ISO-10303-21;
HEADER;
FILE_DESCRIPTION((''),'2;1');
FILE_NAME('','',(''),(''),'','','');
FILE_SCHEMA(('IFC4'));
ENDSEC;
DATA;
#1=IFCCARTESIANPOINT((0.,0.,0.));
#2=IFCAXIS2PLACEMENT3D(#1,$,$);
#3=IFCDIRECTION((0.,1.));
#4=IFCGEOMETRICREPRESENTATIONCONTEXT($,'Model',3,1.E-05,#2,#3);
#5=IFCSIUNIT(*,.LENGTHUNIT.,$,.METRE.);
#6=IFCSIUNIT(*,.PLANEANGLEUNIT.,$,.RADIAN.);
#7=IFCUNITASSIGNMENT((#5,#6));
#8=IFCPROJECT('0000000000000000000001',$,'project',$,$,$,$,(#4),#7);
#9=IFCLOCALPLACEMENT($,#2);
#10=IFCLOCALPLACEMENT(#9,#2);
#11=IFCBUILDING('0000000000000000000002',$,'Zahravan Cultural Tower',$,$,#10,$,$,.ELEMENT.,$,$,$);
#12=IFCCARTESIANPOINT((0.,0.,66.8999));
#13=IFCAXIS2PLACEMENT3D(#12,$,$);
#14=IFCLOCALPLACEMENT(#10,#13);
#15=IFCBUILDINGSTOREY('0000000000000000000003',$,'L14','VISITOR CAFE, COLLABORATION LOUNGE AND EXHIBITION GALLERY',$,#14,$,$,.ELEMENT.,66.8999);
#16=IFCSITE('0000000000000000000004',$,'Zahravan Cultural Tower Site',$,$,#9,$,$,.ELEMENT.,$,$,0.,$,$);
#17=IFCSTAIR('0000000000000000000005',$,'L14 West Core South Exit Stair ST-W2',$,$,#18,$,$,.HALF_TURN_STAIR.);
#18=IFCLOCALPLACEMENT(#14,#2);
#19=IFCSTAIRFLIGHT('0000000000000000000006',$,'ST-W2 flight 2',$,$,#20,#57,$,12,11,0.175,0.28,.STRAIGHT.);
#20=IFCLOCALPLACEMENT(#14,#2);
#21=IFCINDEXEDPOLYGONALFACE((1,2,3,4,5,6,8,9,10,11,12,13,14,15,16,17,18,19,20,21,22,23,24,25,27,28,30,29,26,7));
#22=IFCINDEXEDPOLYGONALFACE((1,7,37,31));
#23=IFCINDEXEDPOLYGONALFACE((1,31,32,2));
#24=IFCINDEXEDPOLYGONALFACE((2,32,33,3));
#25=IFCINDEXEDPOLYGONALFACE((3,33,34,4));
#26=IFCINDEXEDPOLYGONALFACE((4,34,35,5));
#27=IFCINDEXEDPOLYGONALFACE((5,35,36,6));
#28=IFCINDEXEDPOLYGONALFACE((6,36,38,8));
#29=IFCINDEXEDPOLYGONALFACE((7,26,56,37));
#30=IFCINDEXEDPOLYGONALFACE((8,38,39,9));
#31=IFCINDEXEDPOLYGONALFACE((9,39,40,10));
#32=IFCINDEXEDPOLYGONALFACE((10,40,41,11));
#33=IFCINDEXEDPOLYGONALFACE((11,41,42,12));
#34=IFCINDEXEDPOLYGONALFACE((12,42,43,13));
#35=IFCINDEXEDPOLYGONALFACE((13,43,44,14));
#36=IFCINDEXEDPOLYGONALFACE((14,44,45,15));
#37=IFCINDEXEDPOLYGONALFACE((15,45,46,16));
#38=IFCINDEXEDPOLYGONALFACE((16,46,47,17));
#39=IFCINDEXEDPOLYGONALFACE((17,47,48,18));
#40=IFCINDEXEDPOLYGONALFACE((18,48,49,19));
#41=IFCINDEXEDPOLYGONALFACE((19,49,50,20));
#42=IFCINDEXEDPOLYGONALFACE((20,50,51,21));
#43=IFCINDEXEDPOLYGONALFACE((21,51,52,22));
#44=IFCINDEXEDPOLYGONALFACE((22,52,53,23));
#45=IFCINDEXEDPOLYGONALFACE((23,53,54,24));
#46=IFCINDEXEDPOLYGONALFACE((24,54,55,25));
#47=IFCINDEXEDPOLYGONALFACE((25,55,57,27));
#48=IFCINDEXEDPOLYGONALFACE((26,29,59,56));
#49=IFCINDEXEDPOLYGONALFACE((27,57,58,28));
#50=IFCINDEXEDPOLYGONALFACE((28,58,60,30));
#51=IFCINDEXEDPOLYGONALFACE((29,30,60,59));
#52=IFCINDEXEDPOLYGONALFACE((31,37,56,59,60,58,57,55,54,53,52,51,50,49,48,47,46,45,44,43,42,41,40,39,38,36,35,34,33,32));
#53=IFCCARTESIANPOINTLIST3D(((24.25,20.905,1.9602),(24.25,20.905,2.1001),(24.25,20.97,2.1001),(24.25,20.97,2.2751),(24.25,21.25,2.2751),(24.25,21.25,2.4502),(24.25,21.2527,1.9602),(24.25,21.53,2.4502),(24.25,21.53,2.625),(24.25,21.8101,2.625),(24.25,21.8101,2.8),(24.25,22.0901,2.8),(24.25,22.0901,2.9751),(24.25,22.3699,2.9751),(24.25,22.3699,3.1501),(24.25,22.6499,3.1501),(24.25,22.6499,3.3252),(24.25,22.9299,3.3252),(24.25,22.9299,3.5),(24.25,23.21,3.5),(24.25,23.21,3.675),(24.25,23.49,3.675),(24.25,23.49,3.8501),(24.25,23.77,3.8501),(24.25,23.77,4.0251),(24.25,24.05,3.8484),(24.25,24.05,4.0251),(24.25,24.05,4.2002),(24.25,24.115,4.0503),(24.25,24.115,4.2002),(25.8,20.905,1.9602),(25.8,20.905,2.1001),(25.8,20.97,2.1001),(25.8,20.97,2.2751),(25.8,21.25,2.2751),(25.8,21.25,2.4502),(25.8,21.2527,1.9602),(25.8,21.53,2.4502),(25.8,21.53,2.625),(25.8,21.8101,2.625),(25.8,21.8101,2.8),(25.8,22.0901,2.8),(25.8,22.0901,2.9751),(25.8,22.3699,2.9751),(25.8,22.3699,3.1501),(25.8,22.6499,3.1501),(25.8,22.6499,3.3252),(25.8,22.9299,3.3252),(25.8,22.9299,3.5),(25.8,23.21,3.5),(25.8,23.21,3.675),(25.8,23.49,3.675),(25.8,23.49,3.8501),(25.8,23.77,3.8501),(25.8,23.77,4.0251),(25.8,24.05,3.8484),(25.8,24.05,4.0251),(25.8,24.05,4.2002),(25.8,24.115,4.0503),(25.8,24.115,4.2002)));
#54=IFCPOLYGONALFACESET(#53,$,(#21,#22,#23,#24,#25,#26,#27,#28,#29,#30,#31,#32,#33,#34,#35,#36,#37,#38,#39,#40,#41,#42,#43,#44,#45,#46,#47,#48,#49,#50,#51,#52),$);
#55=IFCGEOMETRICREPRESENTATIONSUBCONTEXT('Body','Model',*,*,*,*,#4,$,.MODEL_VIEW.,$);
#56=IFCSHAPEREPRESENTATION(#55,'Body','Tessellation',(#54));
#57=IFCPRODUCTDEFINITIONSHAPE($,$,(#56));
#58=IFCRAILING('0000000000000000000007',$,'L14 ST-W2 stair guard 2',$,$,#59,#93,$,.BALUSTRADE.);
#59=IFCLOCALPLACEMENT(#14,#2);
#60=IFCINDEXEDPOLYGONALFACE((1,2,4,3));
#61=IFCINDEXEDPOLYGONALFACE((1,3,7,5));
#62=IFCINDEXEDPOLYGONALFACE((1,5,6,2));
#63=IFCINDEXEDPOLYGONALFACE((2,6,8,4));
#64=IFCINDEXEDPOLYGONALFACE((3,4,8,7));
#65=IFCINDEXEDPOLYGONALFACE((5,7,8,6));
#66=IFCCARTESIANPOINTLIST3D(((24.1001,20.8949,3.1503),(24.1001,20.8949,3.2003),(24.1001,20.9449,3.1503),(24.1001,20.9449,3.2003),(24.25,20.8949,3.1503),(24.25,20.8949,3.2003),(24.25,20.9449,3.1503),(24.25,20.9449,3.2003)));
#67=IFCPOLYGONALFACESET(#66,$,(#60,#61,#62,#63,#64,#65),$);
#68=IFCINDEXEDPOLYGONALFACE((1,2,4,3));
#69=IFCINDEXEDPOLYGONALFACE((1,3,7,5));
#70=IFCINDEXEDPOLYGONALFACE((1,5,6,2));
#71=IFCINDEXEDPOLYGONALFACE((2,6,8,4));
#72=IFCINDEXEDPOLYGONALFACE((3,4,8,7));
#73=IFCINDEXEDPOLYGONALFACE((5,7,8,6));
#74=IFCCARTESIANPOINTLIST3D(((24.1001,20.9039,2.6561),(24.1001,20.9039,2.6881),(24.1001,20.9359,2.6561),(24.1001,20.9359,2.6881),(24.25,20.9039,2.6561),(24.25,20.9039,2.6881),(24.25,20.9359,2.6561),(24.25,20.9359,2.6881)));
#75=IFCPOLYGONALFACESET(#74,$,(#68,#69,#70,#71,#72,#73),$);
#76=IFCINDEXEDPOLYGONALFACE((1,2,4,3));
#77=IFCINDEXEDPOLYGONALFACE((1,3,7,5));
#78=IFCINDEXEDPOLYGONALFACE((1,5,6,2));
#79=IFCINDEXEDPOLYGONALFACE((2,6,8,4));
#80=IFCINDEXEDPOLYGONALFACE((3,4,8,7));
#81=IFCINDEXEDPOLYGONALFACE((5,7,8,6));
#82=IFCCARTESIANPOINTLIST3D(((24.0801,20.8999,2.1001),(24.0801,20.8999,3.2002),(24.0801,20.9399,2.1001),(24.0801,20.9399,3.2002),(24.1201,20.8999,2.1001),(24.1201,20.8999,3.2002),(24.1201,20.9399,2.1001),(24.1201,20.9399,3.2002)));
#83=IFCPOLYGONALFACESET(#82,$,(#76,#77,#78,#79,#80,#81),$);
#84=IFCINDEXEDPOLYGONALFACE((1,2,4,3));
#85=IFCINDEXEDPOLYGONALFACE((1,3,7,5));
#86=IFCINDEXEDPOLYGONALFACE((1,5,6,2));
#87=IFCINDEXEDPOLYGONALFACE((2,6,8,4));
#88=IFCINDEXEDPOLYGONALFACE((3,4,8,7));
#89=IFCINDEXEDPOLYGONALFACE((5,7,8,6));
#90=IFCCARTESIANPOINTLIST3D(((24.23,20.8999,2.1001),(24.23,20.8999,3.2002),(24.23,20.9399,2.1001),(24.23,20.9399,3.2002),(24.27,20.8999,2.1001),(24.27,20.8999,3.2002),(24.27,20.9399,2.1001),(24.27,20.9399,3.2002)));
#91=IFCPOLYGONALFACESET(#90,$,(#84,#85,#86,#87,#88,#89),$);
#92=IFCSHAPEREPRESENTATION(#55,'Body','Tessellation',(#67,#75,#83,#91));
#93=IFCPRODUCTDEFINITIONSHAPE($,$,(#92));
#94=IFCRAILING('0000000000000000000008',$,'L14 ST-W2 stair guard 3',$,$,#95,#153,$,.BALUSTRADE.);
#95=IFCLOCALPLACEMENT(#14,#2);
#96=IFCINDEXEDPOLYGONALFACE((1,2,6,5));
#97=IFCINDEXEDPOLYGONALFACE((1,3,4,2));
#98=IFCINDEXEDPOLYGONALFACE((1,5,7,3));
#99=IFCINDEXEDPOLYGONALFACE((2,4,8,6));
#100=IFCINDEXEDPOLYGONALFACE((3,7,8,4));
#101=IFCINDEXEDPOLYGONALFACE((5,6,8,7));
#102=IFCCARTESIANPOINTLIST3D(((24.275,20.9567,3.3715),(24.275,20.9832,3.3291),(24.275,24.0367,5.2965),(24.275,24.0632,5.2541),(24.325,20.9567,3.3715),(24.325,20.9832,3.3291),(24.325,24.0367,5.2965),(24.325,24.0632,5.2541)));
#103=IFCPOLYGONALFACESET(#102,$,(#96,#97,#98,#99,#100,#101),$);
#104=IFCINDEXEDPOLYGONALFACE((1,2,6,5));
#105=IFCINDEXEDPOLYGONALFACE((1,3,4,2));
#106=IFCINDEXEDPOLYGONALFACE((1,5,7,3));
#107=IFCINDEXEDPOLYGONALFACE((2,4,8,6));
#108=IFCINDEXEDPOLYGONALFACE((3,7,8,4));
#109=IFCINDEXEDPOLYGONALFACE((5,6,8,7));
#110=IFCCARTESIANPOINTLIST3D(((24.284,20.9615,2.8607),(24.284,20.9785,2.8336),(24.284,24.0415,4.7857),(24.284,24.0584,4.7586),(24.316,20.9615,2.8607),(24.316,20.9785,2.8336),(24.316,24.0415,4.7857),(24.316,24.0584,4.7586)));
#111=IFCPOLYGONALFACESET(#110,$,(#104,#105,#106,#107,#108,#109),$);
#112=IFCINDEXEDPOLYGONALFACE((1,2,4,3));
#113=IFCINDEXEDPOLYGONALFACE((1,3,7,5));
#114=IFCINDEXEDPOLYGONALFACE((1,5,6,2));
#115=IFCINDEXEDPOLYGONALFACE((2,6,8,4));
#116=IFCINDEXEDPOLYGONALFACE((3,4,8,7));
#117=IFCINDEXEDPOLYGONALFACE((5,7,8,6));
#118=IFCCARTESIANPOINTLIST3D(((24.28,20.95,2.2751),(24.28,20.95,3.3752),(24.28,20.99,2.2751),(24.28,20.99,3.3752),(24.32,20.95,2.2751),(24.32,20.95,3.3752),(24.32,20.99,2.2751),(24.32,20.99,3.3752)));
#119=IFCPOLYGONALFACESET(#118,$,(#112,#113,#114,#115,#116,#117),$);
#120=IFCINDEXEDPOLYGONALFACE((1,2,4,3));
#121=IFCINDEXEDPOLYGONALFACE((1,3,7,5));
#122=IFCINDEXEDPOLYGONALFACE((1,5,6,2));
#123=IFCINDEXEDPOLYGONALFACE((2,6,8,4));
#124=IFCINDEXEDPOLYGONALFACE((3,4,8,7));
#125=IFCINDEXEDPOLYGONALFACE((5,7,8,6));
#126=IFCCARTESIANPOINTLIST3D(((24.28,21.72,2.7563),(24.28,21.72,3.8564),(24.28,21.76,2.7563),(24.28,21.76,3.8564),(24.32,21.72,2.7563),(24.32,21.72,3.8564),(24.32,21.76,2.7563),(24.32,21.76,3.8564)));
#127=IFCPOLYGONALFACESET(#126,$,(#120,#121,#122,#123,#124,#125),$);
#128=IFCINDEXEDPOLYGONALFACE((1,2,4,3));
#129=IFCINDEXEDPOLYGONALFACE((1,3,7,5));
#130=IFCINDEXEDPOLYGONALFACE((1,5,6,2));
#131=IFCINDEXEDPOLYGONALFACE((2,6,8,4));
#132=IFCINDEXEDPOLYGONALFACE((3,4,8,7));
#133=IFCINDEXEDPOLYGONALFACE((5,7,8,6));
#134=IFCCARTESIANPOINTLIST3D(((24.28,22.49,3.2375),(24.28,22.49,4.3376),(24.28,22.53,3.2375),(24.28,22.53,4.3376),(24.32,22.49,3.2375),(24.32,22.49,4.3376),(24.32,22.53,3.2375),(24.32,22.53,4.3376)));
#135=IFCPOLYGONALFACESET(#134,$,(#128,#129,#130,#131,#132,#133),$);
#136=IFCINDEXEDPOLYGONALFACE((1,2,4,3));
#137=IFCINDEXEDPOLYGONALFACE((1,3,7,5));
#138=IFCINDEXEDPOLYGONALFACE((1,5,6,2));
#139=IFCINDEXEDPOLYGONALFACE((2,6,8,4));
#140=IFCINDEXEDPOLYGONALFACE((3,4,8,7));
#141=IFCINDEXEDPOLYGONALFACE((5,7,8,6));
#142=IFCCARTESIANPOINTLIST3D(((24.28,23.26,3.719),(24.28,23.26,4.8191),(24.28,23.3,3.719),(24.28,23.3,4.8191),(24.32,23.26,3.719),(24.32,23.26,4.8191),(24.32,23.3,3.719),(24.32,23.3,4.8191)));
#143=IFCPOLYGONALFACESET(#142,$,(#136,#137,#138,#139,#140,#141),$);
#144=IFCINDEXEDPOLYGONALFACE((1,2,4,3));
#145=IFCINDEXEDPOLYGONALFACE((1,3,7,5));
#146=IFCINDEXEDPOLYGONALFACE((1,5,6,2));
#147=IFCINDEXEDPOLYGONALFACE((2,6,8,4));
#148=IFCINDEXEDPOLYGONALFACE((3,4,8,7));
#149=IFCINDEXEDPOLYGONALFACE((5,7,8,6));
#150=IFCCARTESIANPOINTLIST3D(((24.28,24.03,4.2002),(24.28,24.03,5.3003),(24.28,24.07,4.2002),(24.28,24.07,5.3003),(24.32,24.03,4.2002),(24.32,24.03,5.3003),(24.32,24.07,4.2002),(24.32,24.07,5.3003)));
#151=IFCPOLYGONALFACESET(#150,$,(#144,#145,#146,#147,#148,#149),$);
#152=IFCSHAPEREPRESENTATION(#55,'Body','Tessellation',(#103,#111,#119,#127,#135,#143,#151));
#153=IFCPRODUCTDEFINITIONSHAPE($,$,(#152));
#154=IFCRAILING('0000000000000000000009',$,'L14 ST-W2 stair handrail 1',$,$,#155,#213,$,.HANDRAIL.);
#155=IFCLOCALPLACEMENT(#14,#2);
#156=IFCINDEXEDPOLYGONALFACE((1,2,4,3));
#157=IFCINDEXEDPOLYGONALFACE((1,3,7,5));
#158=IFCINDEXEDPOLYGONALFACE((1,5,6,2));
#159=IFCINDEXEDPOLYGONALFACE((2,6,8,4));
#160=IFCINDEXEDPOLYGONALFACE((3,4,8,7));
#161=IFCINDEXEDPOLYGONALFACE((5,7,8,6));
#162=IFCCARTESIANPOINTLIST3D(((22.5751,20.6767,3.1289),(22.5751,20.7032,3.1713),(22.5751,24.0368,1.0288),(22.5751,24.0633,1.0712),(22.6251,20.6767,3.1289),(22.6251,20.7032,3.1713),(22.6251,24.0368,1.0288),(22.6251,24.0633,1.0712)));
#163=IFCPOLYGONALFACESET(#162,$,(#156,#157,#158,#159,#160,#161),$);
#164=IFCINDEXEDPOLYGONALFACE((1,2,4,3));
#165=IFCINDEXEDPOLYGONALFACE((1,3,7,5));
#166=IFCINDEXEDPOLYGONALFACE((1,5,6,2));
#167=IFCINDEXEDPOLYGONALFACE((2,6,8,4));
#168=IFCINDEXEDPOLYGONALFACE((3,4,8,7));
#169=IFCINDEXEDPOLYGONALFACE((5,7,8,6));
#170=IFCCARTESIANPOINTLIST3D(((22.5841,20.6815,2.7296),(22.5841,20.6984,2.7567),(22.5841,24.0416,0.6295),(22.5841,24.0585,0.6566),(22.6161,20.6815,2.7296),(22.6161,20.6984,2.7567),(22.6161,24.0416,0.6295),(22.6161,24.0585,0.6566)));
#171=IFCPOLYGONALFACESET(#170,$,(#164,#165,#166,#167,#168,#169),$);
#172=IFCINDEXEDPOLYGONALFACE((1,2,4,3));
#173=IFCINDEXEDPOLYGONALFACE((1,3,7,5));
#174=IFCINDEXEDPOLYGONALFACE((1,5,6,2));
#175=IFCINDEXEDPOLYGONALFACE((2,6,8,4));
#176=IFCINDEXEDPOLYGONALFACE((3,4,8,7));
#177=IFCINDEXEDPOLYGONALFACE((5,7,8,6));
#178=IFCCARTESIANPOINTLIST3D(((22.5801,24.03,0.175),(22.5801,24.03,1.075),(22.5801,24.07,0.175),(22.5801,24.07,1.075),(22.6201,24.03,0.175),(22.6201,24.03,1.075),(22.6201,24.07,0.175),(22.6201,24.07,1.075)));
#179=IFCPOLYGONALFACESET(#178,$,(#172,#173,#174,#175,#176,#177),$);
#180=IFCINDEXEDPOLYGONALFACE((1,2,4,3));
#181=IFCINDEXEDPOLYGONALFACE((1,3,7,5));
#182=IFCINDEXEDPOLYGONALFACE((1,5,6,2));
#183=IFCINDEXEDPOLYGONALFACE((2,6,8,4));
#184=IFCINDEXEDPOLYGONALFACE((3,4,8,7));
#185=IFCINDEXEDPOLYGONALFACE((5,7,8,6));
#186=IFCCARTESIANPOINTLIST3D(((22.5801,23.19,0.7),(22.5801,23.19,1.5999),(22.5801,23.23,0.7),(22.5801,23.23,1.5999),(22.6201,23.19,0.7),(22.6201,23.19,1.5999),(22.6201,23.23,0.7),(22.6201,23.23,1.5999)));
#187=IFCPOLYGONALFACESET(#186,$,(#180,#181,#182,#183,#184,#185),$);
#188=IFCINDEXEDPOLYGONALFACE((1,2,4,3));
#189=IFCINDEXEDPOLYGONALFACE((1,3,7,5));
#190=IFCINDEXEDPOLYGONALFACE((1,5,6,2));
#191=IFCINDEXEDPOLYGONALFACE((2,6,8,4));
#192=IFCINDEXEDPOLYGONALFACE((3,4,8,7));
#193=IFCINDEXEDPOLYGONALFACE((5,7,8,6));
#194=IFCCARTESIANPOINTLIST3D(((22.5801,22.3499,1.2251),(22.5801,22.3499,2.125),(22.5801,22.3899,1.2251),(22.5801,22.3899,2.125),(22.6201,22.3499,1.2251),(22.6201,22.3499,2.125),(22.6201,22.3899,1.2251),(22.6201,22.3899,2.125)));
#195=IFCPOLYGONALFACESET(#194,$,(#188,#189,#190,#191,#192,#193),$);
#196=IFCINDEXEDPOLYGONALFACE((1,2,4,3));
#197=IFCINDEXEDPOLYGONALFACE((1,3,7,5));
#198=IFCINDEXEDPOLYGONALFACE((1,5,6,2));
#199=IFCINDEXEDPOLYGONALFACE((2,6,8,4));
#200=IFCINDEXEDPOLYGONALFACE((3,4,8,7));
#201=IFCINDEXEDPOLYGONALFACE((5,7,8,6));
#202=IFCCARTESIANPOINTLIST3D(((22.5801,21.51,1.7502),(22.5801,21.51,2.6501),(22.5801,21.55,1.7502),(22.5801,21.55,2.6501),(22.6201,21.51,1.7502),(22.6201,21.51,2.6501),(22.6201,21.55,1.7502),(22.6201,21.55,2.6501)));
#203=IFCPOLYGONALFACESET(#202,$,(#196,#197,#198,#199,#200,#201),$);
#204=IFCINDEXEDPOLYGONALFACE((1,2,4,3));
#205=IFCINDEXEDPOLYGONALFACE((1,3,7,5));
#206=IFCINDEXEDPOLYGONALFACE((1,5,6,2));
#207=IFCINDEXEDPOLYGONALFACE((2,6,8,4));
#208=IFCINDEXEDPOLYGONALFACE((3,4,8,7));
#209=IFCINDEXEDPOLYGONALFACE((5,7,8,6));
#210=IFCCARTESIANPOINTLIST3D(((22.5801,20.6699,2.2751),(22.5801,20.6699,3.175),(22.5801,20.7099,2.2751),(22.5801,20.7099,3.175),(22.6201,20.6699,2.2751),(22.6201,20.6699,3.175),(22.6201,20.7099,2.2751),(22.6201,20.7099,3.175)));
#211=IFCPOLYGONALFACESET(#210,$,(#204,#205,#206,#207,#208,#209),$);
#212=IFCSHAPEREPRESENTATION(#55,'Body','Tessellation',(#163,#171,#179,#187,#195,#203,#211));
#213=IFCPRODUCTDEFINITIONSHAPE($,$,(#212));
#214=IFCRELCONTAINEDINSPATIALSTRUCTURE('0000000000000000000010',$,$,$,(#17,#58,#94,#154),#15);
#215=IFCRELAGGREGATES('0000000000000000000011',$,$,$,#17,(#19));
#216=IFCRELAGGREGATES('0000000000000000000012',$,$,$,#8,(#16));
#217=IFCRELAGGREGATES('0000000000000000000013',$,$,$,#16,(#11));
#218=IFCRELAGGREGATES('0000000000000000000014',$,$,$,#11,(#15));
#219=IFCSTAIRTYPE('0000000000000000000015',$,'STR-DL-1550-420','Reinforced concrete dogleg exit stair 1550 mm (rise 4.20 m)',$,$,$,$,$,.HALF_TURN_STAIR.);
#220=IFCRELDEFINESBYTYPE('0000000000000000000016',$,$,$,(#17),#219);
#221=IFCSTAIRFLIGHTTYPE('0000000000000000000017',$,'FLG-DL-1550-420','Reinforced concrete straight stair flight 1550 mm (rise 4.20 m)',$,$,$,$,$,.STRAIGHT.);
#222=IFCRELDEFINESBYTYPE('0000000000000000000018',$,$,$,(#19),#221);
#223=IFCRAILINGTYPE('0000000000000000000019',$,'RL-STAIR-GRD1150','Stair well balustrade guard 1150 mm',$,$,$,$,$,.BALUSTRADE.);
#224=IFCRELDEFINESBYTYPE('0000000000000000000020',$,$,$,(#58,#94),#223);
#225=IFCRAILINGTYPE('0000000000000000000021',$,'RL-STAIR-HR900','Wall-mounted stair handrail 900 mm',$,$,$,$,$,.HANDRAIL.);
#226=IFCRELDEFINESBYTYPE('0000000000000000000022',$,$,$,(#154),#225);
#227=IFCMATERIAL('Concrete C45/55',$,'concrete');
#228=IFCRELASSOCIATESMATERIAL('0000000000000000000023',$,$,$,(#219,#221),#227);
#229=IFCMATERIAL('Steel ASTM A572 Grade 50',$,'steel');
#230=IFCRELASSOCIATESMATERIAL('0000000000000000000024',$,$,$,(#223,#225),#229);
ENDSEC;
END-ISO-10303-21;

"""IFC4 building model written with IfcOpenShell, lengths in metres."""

from ifc_helpers import new_model, si_unit, direction, frame, origin, origin_2d, place, context, subcontext, project, spatial, polyline, rectangle, outline, extrude, material, type_object, element, aggregate, save


model = new_model("IFC4")

# Units and contexts
model_context = context("Model", 3, precision=1e-05, world=origin(), true_north=direction((0.0, 1.0)))
body_context = subcontext(model_context, "Body", "Model", "MODEL_VIEW")
ifc_project = project(units=[si_unit("LENGTHUNIT", "METRE"), si_unit("PLANEANGLEUNIT", "RADIAN")], contexts=[model_context])

# Site, building, storey
site_placement = place(None, origin())
site = spatial("IfcSite", under=ifc_project, at=site_placement, Name="Zahravan Cultural Tower Site", CompositionType="ELEMENT", RefElevation=0.0)
building_placement = place(site_placement, origin())
building = spatial("IfcBuilding", under=site, at=building_placement, Name="Zahravan Cultural Tower", CompositionType="ELEMENT")
storey_placement = place(building_placement, frame((0.0, 0.0, 66.8999)))
storey = spatial("IfcBuildingStorey", under=building, at=storey_placement, Name="L14", Description="VISITOR CAFE, COLLABORATION LOUNGE AND EXHIBITION GALLERY", CompositionType="ELEMENT", Elevation=66.8999)

# Shared definitions
ifc_material_1 = material(Name="Steel ASTM A572 Grade 50", Category="steel")

# Shared definitions
ifc_material_2 = material(Name="Concrete C45/55", Category="concrete")

# Stair, stair flight
stair_type = type_object("IfcStairType", Name="STR-DL-1550-420", Description="Reinforced concrete dogleg exit stair 1550 mm (rise 4.20 m)", PredefinedType="HALF_TURN_STAIR", material=ifc_material_2)
stair_placement = place(storey_placement, origin())
stair = element("IfcStair", 1, at=stair_placement, inside=storey, type_object=stair_type, Name="L14 West Core South Exit Stair ST-W2", PredefinedType="HALF_TURN_STAIR")
stair_flight_type = type_object("IfcStairFlightType", Name="FLG-DL-1550-420", Description="Reinforced concrete straight stair flight 1550 mm (rise 4.20 m)", PredefinedType="STRAIGHT", material=ifc_material_2)
stair_flight_1_placement = place(storey_placement, frame((25.0249, 20.97, 2.1001), z_axis=(0.0, 0.0, 1.0), x_axis=(0.0, 1.0, 0.0)))
stair_flight_1 = element("IfcStairFlight", 2, at=stair_flight_1_placement, type_object=stair_flight_type, Name="ST-W2 flight 2", NumberOfRisers=12, NumberOfTreads=11, PredefinedType="STRAIGHT", RiserHeight=0.175, TreadLength=0.28, context=body_context, shape_type="SweptSolid", body=[
    extrude(outline(polyline([(-0.0649, -0.1399), (-0.0649, 0.0), (0.0, 0.0), (0.0, 0.175), (0.28, 0.175), (0.28, 0.3501), (0.5601, 0.3501), (0.5601, 0.5249), (0.8401, 0.5249), (0.8401, 0.7), (1.1201, 0.7), (1.1201, 0.875), (1.3999, 0.875), (1.3999, 1.05), (1.6799, 1.05), (1.6799, 1.2251), (1.96, 1.2251), (1.96, 1.3999), (2.24, 1.3999), (2.24, 1.575), (2.52, 1.575), (2.52, 1.75), (2.8, 1.75), (2.8, 1.925), (3.0801, 1.925), (3.0801, 2.1001), (3.145, 2.1001), (3.145, 1.9502), (3.0801, 1.7483), (0.2827, -0.1399), (-0.0649, -0.1399)])), frame((0.0, 0.7749, 0.0), z_axis=(0.0, -1.0, 0.0), x_axis=(1.0, 0.0, 0.0)), (0.0, 0.0, 1.0), 1.55),
])
aggregate(stair, [stair_flight_1])

# Railings
railing_type_1 = type_object("IfcRailingType", Name="RL-STAIR-GRD1150", Description="Stair well balustrade guard 1150 mm", PredefinedType="BALUSTRADE", material=ifc_material_1)
railing_1_placement = place(storey_placement, frame((24.1001, 20.9199, 2.1001)))
element("IfcRailing", 3, at=railing_1_placement, inside=storey, type_object=railing_type_1, Name="L14 ST-W2 stair guard 2", PredefinedType="BALUSTRADE", context=body_context, shape_type="SweptSolid", body=[
    extrude(rectangle(XDim=0.05, YDim=0.05, at=origin_2d()), frame((0.0, 0.0, 1.0752), z_axis=(1.0, 0.0, 0.0), x_axis=(0.0, 1.0, 0.0)), (0.0, 0.0, 1.0), 0.1499),
    extrude(rectangle(XDim=0.032, YDim=0.032, at=origin_2d()), frame((0.0, 0.0, 0.572), z_axis=(1.0, 0.0, 0.0), x_axis=(0.0, 1.0, 0.0)), (0.0, 0.0, 1.0), 0.1499),
    extrude(rectangle(XDim=0.04, YDim=0.04, at=origin_2d()), origin(), (0.0, 0.0, 1.0), 1.1001),
    extrude(rectangle(XDim=0.04, YDim=0.04, at=origin_2d()), frame((0.1499, 0.0, 0.0)), (0.0, 0.0, 1.0), 1.1001),
])
railing_2_placement = place(storey_placement, frame((24.3, 20.97, 2.2751)))
element("IfcRailing", 4, at=railing_2_placement, inside=storey, type_object=railing_type_1, Name="L14 ST-W2 stair guard 3", PredefinedType="BALUSTRADE", context=body_context, shape_type="SweptSolid", body=[
    extrude(rectangle(XDim=0.05, YDim=0.05, at=origin_2d()), frame((0.0, 0.0, 1.0752), z_axis=(0.0, 0.847998, 0.529999), x_axis=(-1.0, 0.0, 0.0)), (0.0, 0.0, 1.0), 3.6321),
    extrude(rectangle(XDim=0.032, YDim=0.032, at=origin_2d()), frame((0.0, 0.0, 0.572), z_axis=(0.0, 0.847998, 0.529999), x_axis=(-1.0, 0.0, 0.0)), (0.0, 0.0, 1.0), 3.6321),
    extrude(rectangle(XDim=0.04, YDim=0.04, at=origin_2d()), origin(), (0.0, 0.0, 1.0), 1.1001),
    extrude(rectangle(XDim=0.04, YDim=0.04, at=origin_2d()), frame((0.0, 0.77, 0.4812)), (0.0, 0.0, 1.0), 1.1001),
    extrude(rectangle(XDim=0.04, YDim=0.04, at=origin_2d()), frame((0.0, 1.54, 0.9624)), (0.0, 0.0, 1.0), 1.1001),
    extrude(rectangle(XDim=0.04, YDim=0.04, at=origin_2d()), frame((0.0, 2.3101, 1.4438)), (0.0, 0.0, 1.0), 1.1001),
    extrude(rectangle(XDim=0.04, YDim=0.04, at=origin_2d()), frame((0.0, 3.0801, 1.925)), (0.0, 0.0, 1.0), 1.1001),
])
railing_type_2 = type_object("IfcRailingType", Name="RL-STAIR-HR900", Description="Wall-mounted stair handrail 900 mm", PredefinedType="HANDRAIL", material=ifc_material_1)
railing_3_placement = place(storey_placement, frame((22.6001, 24.05, 0.175)))
element("IfcRailing", 5, at=railing_3_placement, inside=storey, type_object=railing_type_2, Name="L14 ST-W2 stair handrail 1", PredefinedType="HANDRAIL", context=body_context, shape_type="SweptSolid", body=[
    extrude(rectangle(XDim=0.05, YDim=0.05, at=origin_2d()), frame((0.0, 0.0, 0.875), z_axis=(0.0, -0.847995, 0.530004), x_axis=(1.0, 0.0, 0.0)), (0.0, 0.0, 1.0), 3.9624),
    extrude(rectangle(XDim=0.032, YDim=0.032, at=origin_2d()), frame((0.0, 0.0, 0.468), z_axis=(0.0, -0.847995, 0.530004), x_axis=(1.0, 0.0, 0.0)), (0.0, 0.0, 1.0), 3.9624),
    extrude(rectangle(XDim=0.04, YDim=0.04, at=origin_2d()), origin(), (0.0, 0.0, 1.0), 0.8999),
    extrude(rectangle(XDim=0.04, YDim=0.04, at=origin_2d()), frame((0.0, -0.8401, 0.5249)), (0.0, 0.0, 1.0), 0.8999),
    extrude(rectangle(XDim=0.04, YDim=0.04, at=origin_2d()), frame((0.0, -1.6802, 1.05)), (0.0, 0.0, 1.0), 0.8999),
    extrude(rectangle(XDim=0.04, YDim=0.04, at=origin_2d()), frame((0.0, -2.52, 1.5752)), (0.0, 0.0, 1.0), 0.8999),
    extrude(rectangle(XDim=0.04, YDim=0.04, at=origin_2d()), frame((0.0, -3.3601, 2.1001)), (0.0, 0.0, 1.0), 0.8999),
])

save(model, "model.ifc")
